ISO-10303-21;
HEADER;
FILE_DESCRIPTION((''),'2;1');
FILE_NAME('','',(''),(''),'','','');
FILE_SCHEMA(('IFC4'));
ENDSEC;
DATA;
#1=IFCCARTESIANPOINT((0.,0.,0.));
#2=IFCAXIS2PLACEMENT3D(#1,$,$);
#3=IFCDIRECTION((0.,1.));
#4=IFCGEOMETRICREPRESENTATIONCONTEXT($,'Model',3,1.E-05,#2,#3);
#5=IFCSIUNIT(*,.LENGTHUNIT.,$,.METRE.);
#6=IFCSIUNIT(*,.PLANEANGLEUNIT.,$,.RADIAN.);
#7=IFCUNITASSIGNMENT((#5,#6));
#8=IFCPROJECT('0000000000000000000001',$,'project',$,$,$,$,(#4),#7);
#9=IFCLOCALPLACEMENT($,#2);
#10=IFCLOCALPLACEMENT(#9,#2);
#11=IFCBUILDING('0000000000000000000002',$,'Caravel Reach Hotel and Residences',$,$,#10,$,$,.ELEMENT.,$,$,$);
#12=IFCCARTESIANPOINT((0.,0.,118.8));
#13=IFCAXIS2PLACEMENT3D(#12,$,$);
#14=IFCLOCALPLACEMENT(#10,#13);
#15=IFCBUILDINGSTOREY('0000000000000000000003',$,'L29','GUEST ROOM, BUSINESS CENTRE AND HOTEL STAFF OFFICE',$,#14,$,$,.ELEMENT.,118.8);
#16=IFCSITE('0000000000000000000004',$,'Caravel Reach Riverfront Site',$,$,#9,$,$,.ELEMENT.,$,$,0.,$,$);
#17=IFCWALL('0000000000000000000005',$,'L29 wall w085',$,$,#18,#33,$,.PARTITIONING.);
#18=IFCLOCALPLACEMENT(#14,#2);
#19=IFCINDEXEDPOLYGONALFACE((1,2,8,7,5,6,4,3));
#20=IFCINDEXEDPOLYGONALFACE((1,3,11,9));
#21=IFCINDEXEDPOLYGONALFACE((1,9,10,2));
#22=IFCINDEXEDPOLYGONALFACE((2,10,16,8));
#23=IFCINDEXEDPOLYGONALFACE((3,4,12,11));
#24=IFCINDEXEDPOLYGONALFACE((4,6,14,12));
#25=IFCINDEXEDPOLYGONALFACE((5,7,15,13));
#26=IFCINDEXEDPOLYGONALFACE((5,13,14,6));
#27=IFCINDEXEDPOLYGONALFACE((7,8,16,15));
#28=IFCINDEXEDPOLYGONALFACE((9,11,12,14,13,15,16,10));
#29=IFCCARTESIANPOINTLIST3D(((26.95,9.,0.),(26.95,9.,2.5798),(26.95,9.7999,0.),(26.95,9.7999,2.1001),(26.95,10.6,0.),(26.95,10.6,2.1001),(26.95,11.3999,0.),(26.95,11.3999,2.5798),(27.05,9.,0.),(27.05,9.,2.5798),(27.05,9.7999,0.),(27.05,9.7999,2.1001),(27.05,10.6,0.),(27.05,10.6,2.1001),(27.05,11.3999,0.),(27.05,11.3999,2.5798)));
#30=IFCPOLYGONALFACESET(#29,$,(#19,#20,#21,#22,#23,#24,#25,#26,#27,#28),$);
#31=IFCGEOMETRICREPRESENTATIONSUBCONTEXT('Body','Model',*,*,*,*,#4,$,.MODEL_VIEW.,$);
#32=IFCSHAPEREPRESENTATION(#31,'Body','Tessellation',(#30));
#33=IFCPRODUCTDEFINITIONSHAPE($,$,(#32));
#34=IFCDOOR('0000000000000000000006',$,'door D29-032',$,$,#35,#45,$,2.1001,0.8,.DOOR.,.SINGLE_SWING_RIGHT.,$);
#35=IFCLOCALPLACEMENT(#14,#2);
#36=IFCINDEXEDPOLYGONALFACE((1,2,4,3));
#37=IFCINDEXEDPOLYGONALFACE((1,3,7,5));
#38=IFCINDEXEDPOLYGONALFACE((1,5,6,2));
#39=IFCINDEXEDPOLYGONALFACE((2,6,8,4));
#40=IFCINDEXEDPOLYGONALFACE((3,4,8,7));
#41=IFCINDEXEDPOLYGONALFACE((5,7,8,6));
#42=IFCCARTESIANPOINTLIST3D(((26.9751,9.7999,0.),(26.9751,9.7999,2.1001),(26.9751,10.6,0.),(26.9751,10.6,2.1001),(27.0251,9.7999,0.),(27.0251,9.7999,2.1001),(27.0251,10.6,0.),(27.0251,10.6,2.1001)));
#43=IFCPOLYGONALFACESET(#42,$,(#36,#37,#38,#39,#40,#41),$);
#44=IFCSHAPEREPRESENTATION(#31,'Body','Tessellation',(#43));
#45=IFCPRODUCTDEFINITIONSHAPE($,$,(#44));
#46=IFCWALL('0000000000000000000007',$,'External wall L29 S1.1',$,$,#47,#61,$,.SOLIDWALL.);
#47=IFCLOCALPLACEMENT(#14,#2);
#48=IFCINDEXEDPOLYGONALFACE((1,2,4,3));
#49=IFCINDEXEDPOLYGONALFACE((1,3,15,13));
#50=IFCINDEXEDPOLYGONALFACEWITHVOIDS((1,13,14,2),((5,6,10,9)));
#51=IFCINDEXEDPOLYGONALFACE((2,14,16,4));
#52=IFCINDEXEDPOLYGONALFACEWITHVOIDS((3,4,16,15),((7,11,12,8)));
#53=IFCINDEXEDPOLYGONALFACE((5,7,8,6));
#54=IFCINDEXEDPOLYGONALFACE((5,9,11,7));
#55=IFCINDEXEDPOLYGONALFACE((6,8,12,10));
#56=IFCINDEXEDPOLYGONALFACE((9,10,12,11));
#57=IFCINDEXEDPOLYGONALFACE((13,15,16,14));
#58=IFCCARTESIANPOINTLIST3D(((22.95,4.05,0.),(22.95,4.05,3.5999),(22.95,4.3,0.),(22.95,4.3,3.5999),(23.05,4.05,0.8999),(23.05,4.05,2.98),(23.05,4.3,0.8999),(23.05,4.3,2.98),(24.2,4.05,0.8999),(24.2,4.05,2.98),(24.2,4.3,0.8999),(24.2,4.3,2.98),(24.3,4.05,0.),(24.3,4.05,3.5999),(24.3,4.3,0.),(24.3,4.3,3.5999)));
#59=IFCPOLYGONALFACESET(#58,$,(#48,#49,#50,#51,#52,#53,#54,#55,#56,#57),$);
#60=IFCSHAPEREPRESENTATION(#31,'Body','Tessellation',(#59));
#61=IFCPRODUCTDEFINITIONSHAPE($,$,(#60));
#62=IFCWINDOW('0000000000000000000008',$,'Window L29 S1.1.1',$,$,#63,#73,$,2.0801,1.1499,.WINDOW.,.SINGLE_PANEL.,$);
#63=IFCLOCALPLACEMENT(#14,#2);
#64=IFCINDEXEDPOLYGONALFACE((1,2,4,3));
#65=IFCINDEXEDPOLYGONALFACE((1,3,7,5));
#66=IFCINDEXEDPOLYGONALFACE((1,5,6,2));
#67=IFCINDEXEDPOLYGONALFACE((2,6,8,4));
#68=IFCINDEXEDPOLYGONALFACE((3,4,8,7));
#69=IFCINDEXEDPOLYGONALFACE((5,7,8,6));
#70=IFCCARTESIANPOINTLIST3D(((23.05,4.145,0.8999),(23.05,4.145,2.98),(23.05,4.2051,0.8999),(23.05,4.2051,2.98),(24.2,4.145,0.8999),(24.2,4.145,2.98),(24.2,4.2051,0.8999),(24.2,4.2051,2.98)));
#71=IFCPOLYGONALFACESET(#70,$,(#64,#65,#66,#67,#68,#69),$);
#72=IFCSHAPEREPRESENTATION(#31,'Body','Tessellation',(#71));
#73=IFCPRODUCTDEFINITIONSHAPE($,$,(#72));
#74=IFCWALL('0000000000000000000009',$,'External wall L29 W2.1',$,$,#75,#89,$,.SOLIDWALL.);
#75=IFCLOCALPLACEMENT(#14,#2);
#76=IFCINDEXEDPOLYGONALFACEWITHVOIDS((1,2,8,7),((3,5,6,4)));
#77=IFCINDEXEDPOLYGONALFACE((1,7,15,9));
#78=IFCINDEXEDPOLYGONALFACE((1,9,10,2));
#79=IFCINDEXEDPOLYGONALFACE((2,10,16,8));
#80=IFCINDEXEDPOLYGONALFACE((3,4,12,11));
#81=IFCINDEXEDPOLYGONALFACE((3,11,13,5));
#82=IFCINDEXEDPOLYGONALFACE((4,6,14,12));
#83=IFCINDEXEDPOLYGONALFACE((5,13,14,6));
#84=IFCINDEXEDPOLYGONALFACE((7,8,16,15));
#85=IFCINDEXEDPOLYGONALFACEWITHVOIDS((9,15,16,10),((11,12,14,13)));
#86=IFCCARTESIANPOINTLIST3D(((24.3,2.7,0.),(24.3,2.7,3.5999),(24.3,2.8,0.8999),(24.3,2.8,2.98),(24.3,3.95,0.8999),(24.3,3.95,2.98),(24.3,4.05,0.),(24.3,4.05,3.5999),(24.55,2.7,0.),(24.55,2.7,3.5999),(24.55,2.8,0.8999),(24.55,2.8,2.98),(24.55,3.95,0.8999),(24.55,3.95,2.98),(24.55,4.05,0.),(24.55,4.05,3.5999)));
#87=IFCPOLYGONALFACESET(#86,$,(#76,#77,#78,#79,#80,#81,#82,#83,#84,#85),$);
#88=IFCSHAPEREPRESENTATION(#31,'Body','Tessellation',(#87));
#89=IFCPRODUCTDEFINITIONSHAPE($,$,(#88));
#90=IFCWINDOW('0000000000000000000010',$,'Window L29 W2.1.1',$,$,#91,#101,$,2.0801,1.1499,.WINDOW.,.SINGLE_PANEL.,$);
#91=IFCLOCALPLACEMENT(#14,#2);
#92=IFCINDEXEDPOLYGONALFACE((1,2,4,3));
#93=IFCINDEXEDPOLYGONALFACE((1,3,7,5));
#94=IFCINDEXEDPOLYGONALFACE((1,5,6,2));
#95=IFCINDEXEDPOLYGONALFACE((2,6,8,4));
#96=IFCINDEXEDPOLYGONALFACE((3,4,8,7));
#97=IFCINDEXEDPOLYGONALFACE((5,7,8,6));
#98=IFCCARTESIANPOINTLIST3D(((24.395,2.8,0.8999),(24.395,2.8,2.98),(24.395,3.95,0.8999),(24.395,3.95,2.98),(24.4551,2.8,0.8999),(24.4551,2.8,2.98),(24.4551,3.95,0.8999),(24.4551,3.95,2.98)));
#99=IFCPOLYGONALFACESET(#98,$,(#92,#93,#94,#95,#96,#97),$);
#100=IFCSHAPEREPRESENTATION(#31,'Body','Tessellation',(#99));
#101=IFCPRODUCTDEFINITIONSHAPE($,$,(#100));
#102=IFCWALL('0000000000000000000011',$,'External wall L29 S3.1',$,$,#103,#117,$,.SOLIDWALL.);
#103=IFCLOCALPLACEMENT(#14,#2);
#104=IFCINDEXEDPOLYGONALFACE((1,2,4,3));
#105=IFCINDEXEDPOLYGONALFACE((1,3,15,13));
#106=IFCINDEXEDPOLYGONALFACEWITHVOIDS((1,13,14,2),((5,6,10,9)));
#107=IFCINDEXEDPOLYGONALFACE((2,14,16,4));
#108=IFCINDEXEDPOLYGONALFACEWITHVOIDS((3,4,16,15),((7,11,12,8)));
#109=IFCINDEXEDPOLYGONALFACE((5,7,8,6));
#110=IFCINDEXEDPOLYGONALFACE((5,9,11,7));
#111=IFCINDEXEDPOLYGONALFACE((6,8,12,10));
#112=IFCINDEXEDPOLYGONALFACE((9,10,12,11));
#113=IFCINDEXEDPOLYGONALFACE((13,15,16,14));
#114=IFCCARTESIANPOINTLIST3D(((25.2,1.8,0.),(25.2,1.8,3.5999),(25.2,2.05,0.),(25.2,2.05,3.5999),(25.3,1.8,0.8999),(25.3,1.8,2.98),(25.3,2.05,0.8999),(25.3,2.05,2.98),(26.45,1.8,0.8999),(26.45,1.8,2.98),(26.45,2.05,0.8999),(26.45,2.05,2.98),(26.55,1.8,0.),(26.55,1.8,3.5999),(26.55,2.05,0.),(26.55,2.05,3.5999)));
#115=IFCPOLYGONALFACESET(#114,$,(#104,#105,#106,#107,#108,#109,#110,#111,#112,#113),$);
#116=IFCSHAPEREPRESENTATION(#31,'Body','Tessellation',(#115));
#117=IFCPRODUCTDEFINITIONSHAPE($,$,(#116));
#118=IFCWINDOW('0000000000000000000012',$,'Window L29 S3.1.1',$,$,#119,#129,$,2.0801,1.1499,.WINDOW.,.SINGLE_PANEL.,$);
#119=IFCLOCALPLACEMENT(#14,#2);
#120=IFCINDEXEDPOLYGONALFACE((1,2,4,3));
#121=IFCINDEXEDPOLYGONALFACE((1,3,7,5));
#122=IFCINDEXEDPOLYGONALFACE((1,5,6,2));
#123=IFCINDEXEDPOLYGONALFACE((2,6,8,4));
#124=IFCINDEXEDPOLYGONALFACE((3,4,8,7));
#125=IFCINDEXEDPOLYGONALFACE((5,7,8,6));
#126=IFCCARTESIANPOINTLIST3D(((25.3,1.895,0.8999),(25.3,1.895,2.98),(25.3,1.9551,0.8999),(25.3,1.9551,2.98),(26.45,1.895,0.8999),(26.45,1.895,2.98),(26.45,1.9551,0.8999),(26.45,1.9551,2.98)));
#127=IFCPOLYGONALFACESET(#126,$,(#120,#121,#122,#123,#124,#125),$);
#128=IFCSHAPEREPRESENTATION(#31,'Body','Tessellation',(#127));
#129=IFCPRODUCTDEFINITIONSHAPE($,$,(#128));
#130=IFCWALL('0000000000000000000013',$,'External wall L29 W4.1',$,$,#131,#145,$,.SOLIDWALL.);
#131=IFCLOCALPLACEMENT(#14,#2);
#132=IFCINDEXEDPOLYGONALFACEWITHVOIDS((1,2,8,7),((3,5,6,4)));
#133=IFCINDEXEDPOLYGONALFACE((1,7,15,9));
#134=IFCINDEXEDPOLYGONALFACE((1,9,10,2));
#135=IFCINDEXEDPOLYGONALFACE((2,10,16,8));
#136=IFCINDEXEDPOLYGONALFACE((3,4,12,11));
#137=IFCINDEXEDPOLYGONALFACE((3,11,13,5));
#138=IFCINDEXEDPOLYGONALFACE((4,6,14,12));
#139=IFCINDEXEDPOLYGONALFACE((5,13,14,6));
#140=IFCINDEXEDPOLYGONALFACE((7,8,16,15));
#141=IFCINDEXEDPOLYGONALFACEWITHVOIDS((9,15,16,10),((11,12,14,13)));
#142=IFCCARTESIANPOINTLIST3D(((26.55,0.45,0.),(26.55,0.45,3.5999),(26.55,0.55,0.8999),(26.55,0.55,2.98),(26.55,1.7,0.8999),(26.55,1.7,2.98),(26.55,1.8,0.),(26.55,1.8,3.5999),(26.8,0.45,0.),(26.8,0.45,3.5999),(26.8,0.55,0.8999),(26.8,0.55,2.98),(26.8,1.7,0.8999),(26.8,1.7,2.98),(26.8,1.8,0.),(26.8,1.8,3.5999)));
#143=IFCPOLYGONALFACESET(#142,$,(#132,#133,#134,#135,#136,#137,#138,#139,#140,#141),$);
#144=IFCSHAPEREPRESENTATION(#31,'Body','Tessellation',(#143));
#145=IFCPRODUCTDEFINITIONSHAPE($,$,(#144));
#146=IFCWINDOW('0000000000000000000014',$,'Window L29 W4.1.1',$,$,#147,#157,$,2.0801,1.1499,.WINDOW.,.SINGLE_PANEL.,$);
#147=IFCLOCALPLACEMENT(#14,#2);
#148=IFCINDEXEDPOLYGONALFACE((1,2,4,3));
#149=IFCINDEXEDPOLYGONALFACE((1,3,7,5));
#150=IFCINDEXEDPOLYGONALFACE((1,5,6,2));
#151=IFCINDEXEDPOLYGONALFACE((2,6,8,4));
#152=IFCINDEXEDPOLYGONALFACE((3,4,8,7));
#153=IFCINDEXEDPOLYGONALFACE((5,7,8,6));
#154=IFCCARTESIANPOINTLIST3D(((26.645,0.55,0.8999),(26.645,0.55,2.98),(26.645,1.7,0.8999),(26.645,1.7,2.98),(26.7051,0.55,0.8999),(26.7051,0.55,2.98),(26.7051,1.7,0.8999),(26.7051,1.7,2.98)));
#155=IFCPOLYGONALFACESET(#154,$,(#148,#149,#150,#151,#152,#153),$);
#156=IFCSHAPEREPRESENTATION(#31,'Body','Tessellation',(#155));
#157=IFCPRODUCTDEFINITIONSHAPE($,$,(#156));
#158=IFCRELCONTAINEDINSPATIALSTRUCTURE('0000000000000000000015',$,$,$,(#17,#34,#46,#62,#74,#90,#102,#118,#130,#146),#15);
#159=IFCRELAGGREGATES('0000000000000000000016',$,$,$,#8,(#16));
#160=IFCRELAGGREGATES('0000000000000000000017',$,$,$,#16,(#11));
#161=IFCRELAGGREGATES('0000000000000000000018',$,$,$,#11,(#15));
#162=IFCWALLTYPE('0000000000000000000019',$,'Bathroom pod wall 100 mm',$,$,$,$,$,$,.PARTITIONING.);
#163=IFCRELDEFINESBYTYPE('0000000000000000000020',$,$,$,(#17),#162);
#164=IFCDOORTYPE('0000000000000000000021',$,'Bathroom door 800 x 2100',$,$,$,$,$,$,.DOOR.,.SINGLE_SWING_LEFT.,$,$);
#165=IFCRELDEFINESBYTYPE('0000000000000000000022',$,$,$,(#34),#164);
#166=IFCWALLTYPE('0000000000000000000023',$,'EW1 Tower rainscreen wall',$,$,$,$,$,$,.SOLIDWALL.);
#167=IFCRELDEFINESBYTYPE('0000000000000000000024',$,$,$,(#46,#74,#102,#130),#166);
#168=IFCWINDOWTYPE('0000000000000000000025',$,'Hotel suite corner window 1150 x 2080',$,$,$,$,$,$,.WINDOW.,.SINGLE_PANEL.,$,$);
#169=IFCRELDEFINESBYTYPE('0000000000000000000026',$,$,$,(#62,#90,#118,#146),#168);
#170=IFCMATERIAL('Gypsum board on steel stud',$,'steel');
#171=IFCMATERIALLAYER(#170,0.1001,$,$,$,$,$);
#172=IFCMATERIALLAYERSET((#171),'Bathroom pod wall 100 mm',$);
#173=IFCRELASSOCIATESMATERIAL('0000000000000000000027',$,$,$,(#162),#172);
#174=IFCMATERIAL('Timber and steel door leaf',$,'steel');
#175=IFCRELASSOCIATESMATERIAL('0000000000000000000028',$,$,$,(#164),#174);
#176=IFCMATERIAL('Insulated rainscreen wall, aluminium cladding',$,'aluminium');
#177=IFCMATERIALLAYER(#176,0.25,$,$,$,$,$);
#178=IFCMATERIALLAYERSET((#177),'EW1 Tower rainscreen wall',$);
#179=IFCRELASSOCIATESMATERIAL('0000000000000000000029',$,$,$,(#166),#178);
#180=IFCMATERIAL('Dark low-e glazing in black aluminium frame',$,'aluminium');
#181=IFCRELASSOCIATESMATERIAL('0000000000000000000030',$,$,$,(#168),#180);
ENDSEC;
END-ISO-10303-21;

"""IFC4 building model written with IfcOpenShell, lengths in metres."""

from ifc_helpers import new_model, si_unit, direction, frame, frame_2d, origin, place, context, subcontext, project, spatial, rectangle, extrude, material, layer, layer_set, type_object, element, fill, save


model = new_model("IFC4")

# Units and contexts
model_context = context("Model", 3, precision=1e-05, world=origin(), true_north=direction((0.0, 1.0)))
body_context = subcontext(model_context, "Body", "Model", "MODEL_VIEW")
ifc_project = project(units=[si_unit("LENGTHUNIT", "METRE"), si_unit("PLANEANGLEUNIT", "RADIAN")], contexts=[model_context])

# Site, building, storey
site_placement = place(None, origin())
site = spatial("IfcSite", under=ifc_project, at=site_placement, Name="Caravel Reach Riverfront Site", CompositionType="ELEMENT", RefElevation=0.0)
building_placement = place(site_placement, origin())
building = spatial("IfcBuilding", under=site, at=building_placement, Name="Caravel Reach Hotel and Residences", CompositionType="ELEMENT")
storey_placement = place(building_placement, frame((0.0, 0.0, 118.8)))
storey = spatial("IfcBuildingStorey", under=building, at=storey_placement, Name="L29", Description="GUEST ROOM, BUSINESS CENTRE AND HOTEL STAFF OFFICE", CompositionType="ELEMENT", Elevation=118.8)

# Shared definitions
ifc_material_1 = material(Name="Gypsum board on steel stud", Category="steel")
ifc_layer_1 = layer(ifc_material_1, 0.1001)
ifc_layer_set_1 = layer_set([ifc_layer_1], Name="Bathroom pod wall 100 mm")
wall_type_1 = type_object("IfcWallType", Name="Bathroom pod wall 100 mm", PredefinedType="PARTITIONING", material=ifc_layer_set_1)

# Wall, opening, door
wall_1_placement = place(storey_placement, frame((27.0, 9.0, 0.0), z_axis=(0.0, 0.0, 1.0), x_axis=(0.0, 1.0, 0.0)))
wall_1 = element("IfcWall", 1, at=wall_1_placement, inside=storey, type_object=wall_type_1, Name="L29 wall w085", PredefinedType="PARTITIONING", context=body_context, shape_type="SweptSolid", body=[
    extrude(rectangle(XDim=2.3999, YDim=0.1001, at=frame_2d((1.2, 0.0))), origin(), (0.0, 0.0, 1.0), 2.5798),
])
opening_1_placement = place(wall_1_placement, frame((0.8, 0.0, 0.0)))
opening_1 = element("IfcOpeningElement", 2, at=opening_1_placement, cuts=wall_1, PredefinedType="OPENING", context=body_context, shape_type="SweptSolid", body=[
    extrude(rectangle(XDim=0.8, YDim=2.1001, at=frame_2d((0.3999, 1.05))), frame((0.0, 0.0601, 0.0), z_axis=(0.0, -1.0, 0.0), x_axis=(1.0, 0.0, 0.0)), (0.0, 0.0, 1.0), 0.1201),
])
ifc_material_2 = material(Name="Timber and steel door leaf", Category="steel")
door_type = type_object("IfcDoorType", Name="Bathroom door 800 x 2100", OperationType="SINGLE_SWING_LEFT", PredefinedType="DOOR", material=ifc_material_2)
door_placement = place(opening_1_placement, origin())
door = element("IfcDoor", 3, at=door_placement, inside=storey, type_object=door_type, Name="door D29-032", OperationType="SINGLE_SWING_RIGHT", OverallHeight=2.1001, OverallWidth=0.8, PredefinedType="DOOR", context=body_context, shape_type="SweptSolid", body=[
    extrude(rectangle(XDim=0.8, YDim=2.1001, at=frame_2d((0.3999, 1.05))), frame((0.0, 0.0249, 0.0), z_axis=(0.0, -1.0, 0.0), x_axis=(1.0, 0.0, 0.0)), (0.0, 0.0, 1.0), 0.05),
])
fill(opening_1, door)

# Walls, openings, windows
ifc_material_3 = material(Name="Insulated rainscreen wall, aluminium cladding", Category="aluminium")
ifc_layer_2 = layer(ifc_material_3, 0.25)
ifc_layer_set_2 = layer_set([ifc_layer_2], Name="EW1 Tower rainscreen wall")
wall_type_2 = type_object("IfcWallType", Name="EW1 Tower rainscreen wall", PredefinedType="SOLIDWALL", material=ifc_layer_set_2)
wall_2_placement = place(storey_placement, frame((22.95, 4.175, 0.0), z_axis=(0.0, 0.0, 1.0), x_axis=(1.0, 0.0, 0.0)))
wall_2 = element("IfcWall", 4, at=wall_2_placement, inside=storey, type_object=wall_type_2, Name="External wall L29 S1.1", PredefinedType="SOLIDWALL", context=body_context, shape_type="SweptSolid", body=[
    extrude(rectangle(XDim=1.3501, YDim=0.25, at=frame_2d((0.675, 0.0))), origin(), (0.0, 0.0, 1.0), 3.5999),
])
opening_2_placement = place(wall_2_placement, frame((0.1001, 0.0, 0.8999)))
opening_2 = element("IfcOpeningElement", 5, at=opening_2_placement, cuts=wall_2, PredefinedType="OPENING", context=body_context, shape_type="SweptSolid", body=[
    extrude(rectangle(XDim=1.1499, YDim=2.0801, at=frame_2d((0.575, 1.04))), frame((0.0, 0.135, 0.0), z_axis=(0.0, -1.0, 0.0), x_axis=(1.0, 0.0, 0.0)), (0.0, 0.0, 1.0), 0.27),
])
ifc_material_4 = material(Name="Dark low-e glazing in black aluminium frame", Category="aluminium")
window_type_1 = type_object("IfcWindowType", Name="Hotel suite corner window 1150 x 2080", PartitioningType="SINGLE_PANEL", PredefinedType="WINDOW", material=ifc_material_4)
window_1_placement = place(opening_2_placement, origin())
window_1 = element("IfcWindow", 6, at=window_1_placement, inside=storey, type_object=window_type_1, Name="Window L29 S1.1.1", OverallHeight=2.0801, OverallWidth=1.1499, PartitioningType="SINGLE_PANEL", PredefinedType="WINDOW", context=body_context, shape_type="SweptSolid", body=[
    extrude(rectangle(XDim=1.1499, YDim=2.0801, at=frame_2d((0.575, 1.04))), frame((0.0, 0.03, 0.0), z_axis=(0.0, -1.0, 0.0), x_axis=(1.0, 0.0, 0.0)), (0.0, 0.0, 1.0), 0.0601),
])
fill(opening_2, window_1)
wall_3_placement = place(storey_placement, frame((24.425, 4.05, 0.0), z_axis=(0.0, 0.0, 1.0), x_axis=(0.0, -1.0, 0.0)))
wall_3 = element("IfcWall", 7, at=wall_3_placement, inside=storey, type_object=wall_type_2, Name="External wall L29 W2.1", PredefinedType="SOLIDWALL", context=body_context, shape_type="SweptSolid", body=[
    extrude(rectangle(XDim=1.3501, YDim=0.25, at=frame_2d((0.675, 0.0))), origin(), (0.0, 0.0, 1.0), 3.5999),
])
opening_3_placement = place(wall_3_placement, frame((0.1001, 0.0, 0.8999)))
opening_3 = element("IfcOpeningElement", 8, at=opening_3_placement, cuts=wall_3, PredefinedType="OPENING", context=body_context, shape_type="SweptSolid", body=[
    extrude(rectangle(XDim=1.1499, YDim=2.0801, at=frame_2d((0.575, 1.04))), frame((0.0, 0.135, 0.0), z_axis=(0.0, -1.0, 0.0), x_axis=(1.0, 0.0, 0.0)), (0.0, 0.0, 1.0), 0.27),
])
window_2_placement = place(opening_3_placement, origin())
window_2 = element("IfcWindow", 9, at=window_2_placement, inside=storey, type_object=window_type_1, Name="Window L29 W2.1.1", OverallHeight=2.0801, OverallWidth=1.1499, PartitioningType="SINGLE_PANEL", PredefinedType="WINDOW", context=body_context, shape_type="SweptSolid", body=[
    extrude(rectangle(XDim=1.1499, YDim=2.0801, at=frame_2d((0.575, 1.04))), frame((0.0, 0.03, 0.0), z_axis=(0.0, -1.0, 0.0), x_axis=(1.0, 0.0, 0.0)), (0.0, 0.0, 1.0), 0.0601),
])
fill(opening_3, window_2)
wall_4_placement = place(storey_placement, frame((25.2, 1.925, 0.0), z_axis=(0.0, 0.0, 1.0), x_axis=(1.0, 0.0, 0.0)))
wall_4 = element("IfcWall", 10, at=wall_4_placement, inside=storey, type_object=wall_type_2, Name="External wall L29 S3.1", PredefinedType="SOLIDWALL", context=body_context, shape_type="SweptSolid", body=[
    extrude(rectangle(XDim=1.3501, YDim=0.25, at=frame_2d((0.675, 0.0))), origin(), (0.0, 0.0, 1.0), 3.5999),
])
opening_4_placement = place(wall_4_placement, frame((0.1001, 0.0, 0.8999)))
opening_4 = element("IfcOpeningElement", 11, at=opening_4_placement, cuts=wall_4, PredefinedType="OPENING", context=body_context, shape_type="SweptSolid", body=[
    extrude(rectangle(XDim=1.1499, YDim=2.0801, at=frame_2d((0.575, 1.04))), frame((0.0, 0.135, 0.0), z_axis=(0.0, -1.0, 0.0), x_axis=(1.0, 0.0, 0.0)), (0.0, 0.0, 1.0), 0.27),
])
window_3_placement = place(opening_4_placement, origin())
window_3 = element("IfcWindow", 12, at=window_3_placement, inside=storey, type_object=window_type_1, Name="Window L29 S3.1.1", OverallHeight=2.0801, OverallWidth=1.1499, PartitioningType="SINGLE_PANEL", PredefinedType="WINDOW", context=body_context, shape_type="SweptSolid", body=[
    extrude(rectangle(XDim=1.1499, YDim=2.0801, at=frame_2d((0.575, 1.04))), frame((0.0, 0.03, 0.0), z_axis=(0.0, -1.0, 0.0), x_axis=(1.0, 0.0, 0.0)), (0.0, 0.0, 1.0), 0.0601),
])
fill(opening_4, window_3)
wall_5_placement = place(storey_placement, frame((26.675, 1.8, 0.0), z_axis=(0.0, 0.0, 1.0), x_axis=(0.0, -1.0, 0.0)))
wall_5 = element("IfcWall", 13, at=wall_5_placement, inside=storey, type_object=wall_type_2, Name="External wall L29 W4.1", PredefinedType="SOLIDWALL", context=body_context, shape_type="SweptSolid", body=[
    extrude(rectangle(XDim=1.3501, YDim=0.25, at=frame_2d((0.675, 0.0))), origin(), (0.0, 0.0, 1.0), 3.5999),
])
opening_5_placement = place(wall_5_placement, frame((0.1001, 0.0, 0.8999)))
opening_5 = element("IfcOpeningElement", 14, at=opening_5_placement, cuts=wall_5, PredefinedType="OPENING", context=body_context, shape_type="SweptSolid", body=[
    extrude(rectangle(XDim=1.1499, YDim=2.0801, at=frame_2d((0.575, 1.04))), frame((0.0, 0.135, 0.0), z_axis=(0.0, -1.0, 0.0), x_axis=(1.0, 0.0, 0.0)), (0.0, 0.0, 1.0), 0.27),
])
window_4_placement = place(opening_5_placement, origin())
window_4 = element("IfcWindow", 15, at=window_4_placement, inside=storey, type_object=window_type_1, Name="Window L29 W4.1.1", OverallHeight=2.0801, OverallWidth=1.1499, PartitioningType="SINGLE_PANEL", PredefinedType="WINDOW", context=body_context, shape_type="SweptSolid", body=[
    extrude(rectangle(XDim=1.1499, YDim=2.0801, at=frame_2d((0.575, 1.04))), frame((0.0, 0.03, 0.0), z_axis=(0.0, -1.0, 0.0), x_axis=(1.0, 0.0, 0.0)), (0.0, 0.0, 1.0), 0.0601),
])
fill(opening_5, window_4)

save(model, "model.ifc")
